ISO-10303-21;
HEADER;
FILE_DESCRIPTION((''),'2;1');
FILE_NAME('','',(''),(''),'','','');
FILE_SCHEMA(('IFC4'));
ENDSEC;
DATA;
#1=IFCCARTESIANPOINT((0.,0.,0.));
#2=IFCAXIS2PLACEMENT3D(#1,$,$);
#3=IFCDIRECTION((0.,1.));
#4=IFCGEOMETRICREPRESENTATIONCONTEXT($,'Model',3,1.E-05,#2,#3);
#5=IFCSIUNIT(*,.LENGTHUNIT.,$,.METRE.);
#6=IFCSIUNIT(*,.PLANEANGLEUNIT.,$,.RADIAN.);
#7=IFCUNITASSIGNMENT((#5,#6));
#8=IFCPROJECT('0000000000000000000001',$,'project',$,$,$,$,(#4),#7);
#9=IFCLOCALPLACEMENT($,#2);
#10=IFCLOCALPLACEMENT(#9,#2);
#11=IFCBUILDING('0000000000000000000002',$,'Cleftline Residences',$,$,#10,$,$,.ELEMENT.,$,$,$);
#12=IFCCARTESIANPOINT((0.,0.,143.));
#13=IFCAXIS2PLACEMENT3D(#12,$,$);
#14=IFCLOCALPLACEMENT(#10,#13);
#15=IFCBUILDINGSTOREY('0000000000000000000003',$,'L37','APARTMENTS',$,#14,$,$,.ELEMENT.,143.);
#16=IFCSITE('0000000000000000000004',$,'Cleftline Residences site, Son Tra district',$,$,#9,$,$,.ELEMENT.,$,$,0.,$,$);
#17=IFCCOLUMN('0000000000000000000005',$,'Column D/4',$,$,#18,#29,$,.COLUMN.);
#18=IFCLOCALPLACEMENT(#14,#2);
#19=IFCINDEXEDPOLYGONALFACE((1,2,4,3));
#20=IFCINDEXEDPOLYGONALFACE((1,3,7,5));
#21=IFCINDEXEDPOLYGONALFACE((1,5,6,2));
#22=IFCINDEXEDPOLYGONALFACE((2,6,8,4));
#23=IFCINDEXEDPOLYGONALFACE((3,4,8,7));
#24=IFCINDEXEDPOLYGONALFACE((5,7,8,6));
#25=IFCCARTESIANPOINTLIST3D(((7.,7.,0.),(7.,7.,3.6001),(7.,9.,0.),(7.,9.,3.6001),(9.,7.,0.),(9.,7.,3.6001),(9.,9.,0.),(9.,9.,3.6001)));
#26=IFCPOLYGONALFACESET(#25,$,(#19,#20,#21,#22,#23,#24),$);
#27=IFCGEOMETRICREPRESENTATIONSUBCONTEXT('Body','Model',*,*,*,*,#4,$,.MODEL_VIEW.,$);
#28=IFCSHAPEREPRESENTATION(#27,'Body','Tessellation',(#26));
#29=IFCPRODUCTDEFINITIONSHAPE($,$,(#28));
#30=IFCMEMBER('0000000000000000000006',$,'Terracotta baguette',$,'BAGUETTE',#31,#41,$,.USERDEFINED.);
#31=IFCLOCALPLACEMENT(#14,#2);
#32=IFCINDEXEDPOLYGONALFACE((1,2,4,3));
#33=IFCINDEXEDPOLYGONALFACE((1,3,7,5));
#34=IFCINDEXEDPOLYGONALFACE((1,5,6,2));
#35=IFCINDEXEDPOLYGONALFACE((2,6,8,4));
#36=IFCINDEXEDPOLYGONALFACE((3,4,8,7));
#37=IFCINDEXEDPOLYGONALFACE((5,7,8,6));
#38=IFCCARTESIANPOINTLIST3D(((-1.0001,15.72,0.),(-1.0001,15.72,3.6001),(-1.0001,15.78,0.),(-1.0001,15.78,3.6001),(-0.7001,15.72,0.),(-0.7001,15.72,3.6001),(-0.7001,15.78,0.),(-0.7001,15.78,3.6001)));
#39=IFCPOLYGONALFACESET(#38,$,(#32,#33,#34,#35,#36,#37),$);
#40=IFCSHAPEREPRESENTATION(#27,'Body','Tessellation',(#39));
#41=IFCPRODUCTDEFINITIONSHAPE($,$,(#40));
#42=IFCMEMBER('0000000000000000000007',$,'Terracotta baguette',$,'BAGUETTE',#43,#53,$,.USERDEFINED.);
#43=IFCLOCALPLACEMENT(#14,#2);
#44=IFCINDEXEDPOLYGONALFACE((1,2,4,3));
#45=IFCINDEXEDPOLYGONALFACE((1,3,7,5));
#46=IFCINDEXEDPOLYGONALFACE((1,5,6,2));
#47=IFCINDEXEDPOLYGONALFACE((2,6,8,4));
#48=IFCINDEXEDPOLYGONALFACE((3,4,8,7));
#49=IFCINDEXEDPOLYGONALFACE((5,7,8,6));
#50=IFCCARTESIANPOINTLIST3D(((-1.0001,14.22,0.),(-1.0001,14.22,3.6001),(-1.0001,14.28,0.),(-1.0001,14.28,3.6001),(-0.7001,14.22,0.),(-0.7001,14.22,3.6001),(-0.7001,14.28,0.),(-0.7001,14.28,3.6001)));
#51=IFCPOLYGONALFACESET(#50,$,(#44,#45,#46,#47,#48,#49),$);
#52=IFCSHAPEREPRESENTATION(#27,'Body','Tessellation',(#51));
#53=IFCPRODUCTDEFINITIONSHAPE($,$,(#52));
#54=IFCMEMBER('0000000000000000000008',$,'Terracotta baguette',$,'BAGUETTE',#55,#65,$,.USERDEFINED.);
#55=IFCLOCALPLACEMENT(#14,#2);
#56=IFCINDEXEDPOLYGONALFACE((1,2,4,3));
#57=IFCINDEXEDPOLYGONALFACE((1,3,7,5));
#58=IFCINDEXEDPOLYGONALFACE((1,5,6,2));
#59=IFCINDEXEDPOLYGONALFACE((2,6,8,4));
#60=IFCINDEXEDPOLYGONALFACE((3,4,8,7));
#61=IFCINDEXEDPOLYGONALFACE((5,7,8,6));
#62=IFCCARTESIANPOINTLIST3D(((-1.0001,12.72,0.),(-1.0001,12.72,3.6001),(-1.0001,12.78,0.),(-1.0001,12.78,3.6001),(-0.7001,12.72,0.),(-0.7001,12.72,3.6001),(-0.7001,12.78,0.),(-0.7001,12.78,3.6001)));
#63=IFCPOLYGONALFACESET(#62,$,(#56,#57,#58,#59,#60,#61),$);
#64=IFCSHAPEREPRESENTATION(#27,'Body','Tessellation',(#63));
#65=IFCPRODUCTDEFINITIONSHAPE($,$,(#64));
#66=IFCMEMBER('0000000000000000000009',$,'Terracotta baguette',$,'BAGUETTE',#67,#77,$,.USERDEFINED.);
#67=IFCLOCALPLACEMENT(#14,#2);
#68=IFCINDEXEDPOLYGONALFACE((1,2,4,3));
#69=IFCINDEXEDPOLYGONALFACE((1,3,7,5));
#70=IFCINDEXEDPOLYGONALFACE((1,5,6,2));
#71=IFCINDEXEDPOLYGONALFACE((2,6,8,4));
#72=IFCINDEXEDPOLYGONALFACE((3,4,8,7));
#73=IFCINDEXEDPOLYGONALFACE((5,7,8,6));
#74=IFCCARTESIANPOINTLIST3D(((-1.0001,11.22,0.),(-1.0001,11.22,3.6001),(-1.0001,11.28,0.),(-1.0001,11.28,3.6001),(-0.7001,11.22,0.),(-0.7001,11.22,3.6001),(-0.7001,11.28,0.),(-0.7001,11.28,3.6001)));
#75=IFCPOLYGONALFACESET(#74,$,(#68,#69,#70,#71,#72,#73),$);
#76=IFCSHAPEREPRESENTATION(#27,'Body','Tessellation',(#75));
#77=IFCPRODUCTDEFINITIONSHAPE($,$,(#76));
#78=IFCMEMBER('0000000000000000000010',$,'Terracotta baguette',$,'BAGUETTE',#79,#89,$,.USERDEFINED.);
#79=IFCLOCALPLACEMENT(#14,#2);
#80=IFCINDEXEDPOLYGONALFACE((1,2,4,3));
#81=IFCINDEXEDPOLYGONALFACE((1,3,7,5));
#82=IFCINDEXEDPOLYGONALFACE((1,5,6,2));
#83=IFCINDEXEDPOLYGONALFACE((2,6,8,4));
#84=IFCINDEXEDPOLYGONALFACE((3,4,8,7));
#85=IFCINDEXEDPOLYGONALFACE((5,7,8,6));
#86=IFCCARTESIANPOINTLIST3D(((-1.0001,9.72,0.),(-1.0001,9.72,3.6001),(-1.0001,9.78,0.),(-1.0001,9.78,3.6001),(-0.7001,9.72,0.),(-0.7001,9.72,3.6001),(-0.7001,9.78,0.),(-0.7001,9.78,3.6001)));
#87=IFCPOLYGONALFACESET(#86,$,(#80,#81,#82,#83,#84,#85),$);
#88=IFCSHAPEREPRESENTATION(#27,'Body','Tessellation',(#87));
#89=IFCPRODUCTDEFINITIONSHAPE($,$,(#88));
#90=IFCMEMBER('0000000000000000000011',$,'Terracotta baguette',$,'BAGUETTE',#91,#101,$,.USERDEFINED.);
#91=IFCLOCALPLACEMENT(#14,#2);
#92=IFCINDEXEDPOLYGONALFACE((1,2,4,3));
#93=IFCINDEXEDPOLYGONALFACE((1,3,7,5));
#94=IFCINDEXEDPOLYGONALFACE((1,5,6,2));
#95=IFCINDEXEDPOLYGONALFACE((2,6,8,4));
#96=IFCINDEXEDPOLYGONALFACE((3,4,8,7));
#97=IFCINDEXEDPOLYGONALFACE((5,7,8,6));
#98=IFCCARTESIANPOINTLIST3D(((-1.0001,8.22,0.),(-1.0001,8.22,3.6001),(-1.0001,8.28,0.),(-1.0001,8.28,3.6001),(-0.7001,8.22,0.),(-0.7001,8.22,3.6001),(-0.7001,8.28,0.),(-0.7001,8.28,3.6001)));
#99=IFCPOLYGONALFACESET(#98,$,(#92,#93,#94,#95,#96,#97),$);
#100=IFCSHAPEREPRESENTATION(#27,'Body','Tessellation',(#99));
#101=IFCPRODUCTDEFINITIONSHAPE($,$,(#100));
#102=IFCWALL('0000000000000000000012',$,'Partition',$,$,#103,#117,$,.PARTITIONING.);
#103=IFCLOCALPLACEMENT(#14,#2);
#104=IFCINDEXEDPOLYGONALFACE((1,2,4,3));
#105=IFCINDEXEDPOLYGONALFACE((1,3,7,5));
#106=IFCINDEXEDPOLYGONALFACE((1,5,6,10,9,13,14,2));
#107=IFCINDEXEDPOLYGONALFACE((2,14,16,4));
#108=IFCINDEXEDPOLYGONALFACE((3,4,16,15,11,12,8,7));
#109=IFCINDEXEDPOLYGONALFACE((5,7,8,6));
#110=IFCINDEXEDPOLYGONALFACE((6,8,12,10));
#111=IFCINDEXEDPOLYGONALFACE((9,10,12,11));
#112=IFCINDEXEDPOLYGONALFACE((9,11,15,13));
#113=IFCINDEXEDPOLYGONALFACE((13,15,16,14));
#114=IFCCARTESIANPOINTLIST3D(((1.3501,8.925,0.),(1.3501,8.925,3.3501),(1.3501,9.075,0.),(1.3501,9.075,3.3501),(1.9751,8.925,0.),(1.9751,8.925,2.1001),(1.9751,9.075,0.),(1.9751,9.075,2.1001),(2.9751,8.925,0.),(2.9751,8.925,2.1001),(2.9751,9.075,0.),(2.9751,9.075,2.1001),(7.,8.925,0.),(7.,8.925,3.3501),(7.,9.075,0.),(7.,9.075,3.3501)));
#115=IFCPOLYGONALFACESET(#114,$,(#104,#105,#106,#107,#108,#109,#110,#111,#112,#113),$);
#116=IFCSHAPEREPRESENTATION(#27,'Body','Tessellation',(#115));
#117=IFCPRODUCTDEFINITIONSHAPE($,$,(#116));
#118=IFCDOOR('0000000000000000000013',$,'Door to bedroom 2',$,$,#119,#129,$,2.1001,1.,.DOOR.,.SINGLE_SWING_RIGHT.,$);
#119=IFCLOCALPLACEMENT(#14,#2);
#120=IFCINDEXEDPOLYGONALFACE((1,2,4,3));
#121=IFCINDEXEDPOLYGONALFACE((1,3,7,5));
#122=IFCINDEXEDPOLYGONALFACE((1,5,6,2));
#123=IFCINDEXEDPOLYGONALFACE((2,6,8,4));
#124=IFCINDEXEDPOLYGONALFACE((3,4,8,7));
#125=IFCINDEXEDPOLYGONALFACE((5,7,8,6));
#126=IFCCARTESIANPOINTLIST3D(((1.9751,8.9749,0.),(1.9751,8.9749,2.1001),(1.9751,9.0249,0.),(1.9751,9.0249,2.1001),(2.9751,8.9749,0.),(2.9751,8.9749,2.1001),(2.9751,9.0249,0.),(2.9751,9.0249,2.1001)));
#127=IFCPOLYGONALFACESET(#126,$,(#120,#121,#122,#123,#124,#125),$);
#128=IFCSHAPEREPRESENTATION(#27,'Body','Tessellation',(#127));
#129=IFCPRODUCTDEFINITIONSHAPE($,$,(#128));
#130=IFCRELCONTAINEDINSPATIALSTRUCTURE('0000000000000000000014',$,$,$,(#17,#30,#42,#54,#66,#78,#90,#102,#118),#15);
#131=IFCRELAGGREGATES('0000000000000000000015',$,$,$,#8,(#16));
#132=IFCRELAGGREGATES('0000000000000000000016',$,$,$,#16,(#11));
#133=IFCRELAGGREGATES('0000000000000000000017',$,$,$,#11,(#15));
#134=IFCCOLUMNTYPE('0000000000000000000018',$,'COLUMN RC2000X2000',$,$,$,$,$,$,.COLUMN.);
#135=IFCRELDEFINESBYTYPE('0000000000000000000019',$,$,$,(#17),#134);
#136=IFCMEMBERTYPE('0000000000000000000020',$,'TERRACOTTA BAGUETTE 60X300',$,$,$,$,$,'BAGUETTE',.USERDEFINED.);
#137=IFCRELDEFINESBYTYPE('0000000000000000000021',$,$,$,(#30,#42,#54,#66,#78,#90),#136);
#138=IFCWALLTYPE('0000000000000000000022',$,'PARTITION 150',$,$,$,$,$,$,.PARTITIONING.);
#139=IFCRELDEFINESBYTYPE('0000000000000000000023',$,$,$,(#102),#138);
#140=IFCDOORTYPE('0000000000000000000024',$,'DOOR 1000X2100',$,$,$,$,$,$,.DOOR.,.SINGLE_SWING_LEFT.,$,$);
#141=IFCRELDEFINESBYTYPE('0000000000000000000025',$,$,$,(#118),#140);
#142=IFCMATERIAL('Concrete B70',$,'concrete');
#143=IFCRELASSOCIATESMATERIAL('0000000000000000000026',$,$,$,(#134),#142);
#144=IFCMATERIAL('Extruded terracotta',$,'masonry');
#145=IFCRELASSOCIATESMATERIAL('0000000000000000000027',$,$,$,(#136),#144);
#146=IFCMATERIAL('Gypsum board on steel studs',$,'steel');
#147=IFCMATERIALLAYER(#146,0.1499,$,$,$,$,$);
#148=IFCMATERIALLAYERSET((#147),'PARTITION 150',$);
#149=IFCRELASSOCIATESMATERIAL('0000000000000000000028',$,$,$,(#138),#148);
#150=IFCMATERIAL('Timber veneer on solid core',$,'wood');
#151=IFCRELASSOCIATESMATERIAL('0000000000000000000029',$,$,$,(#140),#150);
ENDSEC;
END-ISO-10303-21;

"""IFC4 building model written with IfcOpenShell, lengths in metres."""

from ifc_helpers import new_model, si_unit, direction, frame, frame_2d, origin, origin_2d, place, context, subcontext, project, spatial, rectangle, extrude, material, layer, layer_set, material_profile, profile_set, type_object, element, fill, save


model = new_model("IFC4")

# Units and contexts
model_context = context("Model", 3, precision=1e-05, world=origin(), true_north=direction((0.0, 1.0)))
body_context = subcontext(model_context, "Body", "Model", "MODEL_VIEW")
ifc_project = project(units=[si_unit("LENGTHUNIT", "METRE"), si_unit("PLANEANGLEUNIT", "RADIAN")], contexts=[model_context])

# Site, building, storey
site_placement = place(None, origin())
site = spatial("IfcSite", under=ifc_project, at=site_placement, Name="Cleftline Residences site, Son Tra district", CompositionType="ELEMENT", RefElevation=0.0)
building_placement = place(site_placement, origin())
building = spatial("IfcBuilding", under=site, at=building_placement, Name="Cleftline Residences", CompositionType="ELEMENT")
storey_placement = place(building_placement, frame((0.0, 0.0, 143.0)))
storey = spatial("IfcBuildingStorey", under=building, at=storey_placement, Name="L37", Description="APARTMENTS", CompositionType="ELEMENT", Elevation=143.0)

# Column
ifc_material_1 = material(Name="Concrete B70", Category="concrete")
ifc_material_profile_1 = material_profile(ifc_material_1, rectangle(XDim=2.0, YDim=2.0, at=origin_2d()))
ifc_profile_set_1 = profile_set([ifc_material_profile_1], Name="Concrete B70")
column_type = type_object("IfcColumnType", Name="COLUMN RC2000X2000", PredefinedType="COLUMN", material=ifc_profile_set_1)
column_placement = place(storey_placement, frame((8.0, 8.0, 0.0), z_axis=(0.0, 0.0, 1.0), x_axis=(1.0, 0.0, 0.0)))
element("IfcColumn", 1, at=column_placement, inside=storey, type_object=column_type, Name="Column D/4", PredefinedType="COLUMN", context=body_context, shape_type="SweptSolid", body=[
    extrude(rectangle(XDim=2.0, YDim=2.0, at=origin_2d()), origin(), (0.0, 0.0, 1.0), 3.6001),
])

# Members
ifc_material_2 = material(Name="Extruded terracotta", Category="masonry")
ifc_material_profile_2 = material_profile(ifc_material_2, rectangle(XDim=0.0601, YDim=0.3, at=origin_2d()))
ifc_profile_set_2 = profile_set([ifc_material_profile_2], Name="Extruded terracotta")
member_type = type_object("IfcMemberType", Name="TERRACOTTA BAGUETTE 60X300", ElementType="BAGUETTE", PredefinedType="USERDEFINED", material=ifc_profile_set_2)
for number, where, z_axis, x_axis, name in (
    (2, (-0.8501, 15.75, 0.0), (0.0, 0.0, 1.0), (0.0, 1.0, 0.0), "Terracotta baguette"),
    (3, (-0.8501, 14.25, 0.0), (0.0, 0.0, 1.0), (0.0, 1.0, 0.0), "Terracotta baguette"),
    (4, (-0.8501, 12.75, 0.0), (0.0, 0.0, 1.0), (0.0, 1.0, 0.0), "Terracotta baguette"),
    (5, (-0.8501, 11.25, 0.0), (0.0, 0.0, 1.0), (0.0, 1.0, 0.0), "Terracotta baguette"),
    (6, (-0.8501, 9.75, 0.0), (0.0, 0.0, 1.0), (0.0, 1.0, 0.0), "Terracotta baguette"),
    (7, (-0.8501, 8.25, 0.0), (0.0, 0.0, 1.0), (0.0, 1.0, 0.0), "Terracotta baguette"),
):
    element("IfcMember", number, at=place(storey_placement, frame(where, z_axis=z_axis, x_axis=x_axis)), inside=storey, type_object=member_type, Name=name, ObjectType="BAGUETTE", PredefinedType="USERDEFINED", context=body_context, shape_type="SweptSolid", body=[
        extrude(rectangle(XDim=0.0601, YDim=0.3, at=origin_2d()), origin(), (0.0, 0.0, 1.0), 3.6001),
    ])

# Wall, opening, door
ifc_material_3 = material(Name="Gypsum board on steel studs", Category="steel")
ifc_layer = layer(ifc_material_3, 0.1499)
ifc_layer_set = layer_set([ifc_layer], Name="PARTITION 150")
wall_type = type_object("IfcWallType", Name="PARTITION 150", PredefinedType="PARTITIONING", material=ifc_layer_set)
wall_1_placement = place(storey_placement, frame((1.3501, 9.0, 0.0), z_axis=(0.0, 0.0, 1.0), x_axis=(1.0, 0.0, 0.0)))
wall_1 = element("IfcWall", 8, at=wall_1_placement, inside=storey, type_object=wall_type, Name="Partition", PredefinedType="PARTITIONING", context=body_context, shape_type="SweptSolid", body=[
    extrude(rectangle(XDim=5.6499, YDim=0.1499, at=frame_2d((2.825, 0.0))), origin(), (0.0, 0.0, 1.0), 3.3501),
])
opening_1_placement = place(wall_1_placement, frame((0.625, 0.0, 0.0)))
opening_1 = element("IfcOpeningElement", 9, at=opening_1_placement, cuts=wall_1, PredefinedType="OPENING", context=body_context, shape_type="SweptSolid", body=[
    extrude(rectangle(XDim=1.0, YDim=2.1001, at=frame_2d((0.5, 1.05))), frame((0.0, 0.085, 0.0), z_axis=(0.0, -1.0, 0.0), x_axis=(1.0, 0.0, 0.0)), (0.0, 0.0, 1.0), 0.1699),
])
ifc_material_4 = material(Name="Timber veneer on solid core", Category="wood")
door_type_1 = type_object("IfcDoorType", Name="DOOR 1000X2100", OperationType="SINGLE_SWING_LEFT", PredefinedType="DOOR", material=ifc_material_4)
door_1_placement = place(opening_1_placement, origin())
door_1 = element("IfcDoor", 10, at=door_1_placement, inside=storey, type_object=door_type_1, Name="Door to bedroom 2", OperationType="SINGLE_SWING_RIGHT", OverallHeight=2.1001, OverallWidth=1.0, PredefinedType="DOOR", context=body_context, shape_type="SweptSolid", body=[
    extrude(rectangle(XDim=1.0, YDim=2.1001, at=frame_2d((0.5, 1.05))), frame((0.0, 0.0249, 0.0), z_axis=(0.0, -1.0, 0.0), x_axis=(1.0, 0.0, 0.0)), (0.0, 0.0, 1.0), 0.05),
])
fill(opening_1, door_1)

save(model, "model.ifc")
